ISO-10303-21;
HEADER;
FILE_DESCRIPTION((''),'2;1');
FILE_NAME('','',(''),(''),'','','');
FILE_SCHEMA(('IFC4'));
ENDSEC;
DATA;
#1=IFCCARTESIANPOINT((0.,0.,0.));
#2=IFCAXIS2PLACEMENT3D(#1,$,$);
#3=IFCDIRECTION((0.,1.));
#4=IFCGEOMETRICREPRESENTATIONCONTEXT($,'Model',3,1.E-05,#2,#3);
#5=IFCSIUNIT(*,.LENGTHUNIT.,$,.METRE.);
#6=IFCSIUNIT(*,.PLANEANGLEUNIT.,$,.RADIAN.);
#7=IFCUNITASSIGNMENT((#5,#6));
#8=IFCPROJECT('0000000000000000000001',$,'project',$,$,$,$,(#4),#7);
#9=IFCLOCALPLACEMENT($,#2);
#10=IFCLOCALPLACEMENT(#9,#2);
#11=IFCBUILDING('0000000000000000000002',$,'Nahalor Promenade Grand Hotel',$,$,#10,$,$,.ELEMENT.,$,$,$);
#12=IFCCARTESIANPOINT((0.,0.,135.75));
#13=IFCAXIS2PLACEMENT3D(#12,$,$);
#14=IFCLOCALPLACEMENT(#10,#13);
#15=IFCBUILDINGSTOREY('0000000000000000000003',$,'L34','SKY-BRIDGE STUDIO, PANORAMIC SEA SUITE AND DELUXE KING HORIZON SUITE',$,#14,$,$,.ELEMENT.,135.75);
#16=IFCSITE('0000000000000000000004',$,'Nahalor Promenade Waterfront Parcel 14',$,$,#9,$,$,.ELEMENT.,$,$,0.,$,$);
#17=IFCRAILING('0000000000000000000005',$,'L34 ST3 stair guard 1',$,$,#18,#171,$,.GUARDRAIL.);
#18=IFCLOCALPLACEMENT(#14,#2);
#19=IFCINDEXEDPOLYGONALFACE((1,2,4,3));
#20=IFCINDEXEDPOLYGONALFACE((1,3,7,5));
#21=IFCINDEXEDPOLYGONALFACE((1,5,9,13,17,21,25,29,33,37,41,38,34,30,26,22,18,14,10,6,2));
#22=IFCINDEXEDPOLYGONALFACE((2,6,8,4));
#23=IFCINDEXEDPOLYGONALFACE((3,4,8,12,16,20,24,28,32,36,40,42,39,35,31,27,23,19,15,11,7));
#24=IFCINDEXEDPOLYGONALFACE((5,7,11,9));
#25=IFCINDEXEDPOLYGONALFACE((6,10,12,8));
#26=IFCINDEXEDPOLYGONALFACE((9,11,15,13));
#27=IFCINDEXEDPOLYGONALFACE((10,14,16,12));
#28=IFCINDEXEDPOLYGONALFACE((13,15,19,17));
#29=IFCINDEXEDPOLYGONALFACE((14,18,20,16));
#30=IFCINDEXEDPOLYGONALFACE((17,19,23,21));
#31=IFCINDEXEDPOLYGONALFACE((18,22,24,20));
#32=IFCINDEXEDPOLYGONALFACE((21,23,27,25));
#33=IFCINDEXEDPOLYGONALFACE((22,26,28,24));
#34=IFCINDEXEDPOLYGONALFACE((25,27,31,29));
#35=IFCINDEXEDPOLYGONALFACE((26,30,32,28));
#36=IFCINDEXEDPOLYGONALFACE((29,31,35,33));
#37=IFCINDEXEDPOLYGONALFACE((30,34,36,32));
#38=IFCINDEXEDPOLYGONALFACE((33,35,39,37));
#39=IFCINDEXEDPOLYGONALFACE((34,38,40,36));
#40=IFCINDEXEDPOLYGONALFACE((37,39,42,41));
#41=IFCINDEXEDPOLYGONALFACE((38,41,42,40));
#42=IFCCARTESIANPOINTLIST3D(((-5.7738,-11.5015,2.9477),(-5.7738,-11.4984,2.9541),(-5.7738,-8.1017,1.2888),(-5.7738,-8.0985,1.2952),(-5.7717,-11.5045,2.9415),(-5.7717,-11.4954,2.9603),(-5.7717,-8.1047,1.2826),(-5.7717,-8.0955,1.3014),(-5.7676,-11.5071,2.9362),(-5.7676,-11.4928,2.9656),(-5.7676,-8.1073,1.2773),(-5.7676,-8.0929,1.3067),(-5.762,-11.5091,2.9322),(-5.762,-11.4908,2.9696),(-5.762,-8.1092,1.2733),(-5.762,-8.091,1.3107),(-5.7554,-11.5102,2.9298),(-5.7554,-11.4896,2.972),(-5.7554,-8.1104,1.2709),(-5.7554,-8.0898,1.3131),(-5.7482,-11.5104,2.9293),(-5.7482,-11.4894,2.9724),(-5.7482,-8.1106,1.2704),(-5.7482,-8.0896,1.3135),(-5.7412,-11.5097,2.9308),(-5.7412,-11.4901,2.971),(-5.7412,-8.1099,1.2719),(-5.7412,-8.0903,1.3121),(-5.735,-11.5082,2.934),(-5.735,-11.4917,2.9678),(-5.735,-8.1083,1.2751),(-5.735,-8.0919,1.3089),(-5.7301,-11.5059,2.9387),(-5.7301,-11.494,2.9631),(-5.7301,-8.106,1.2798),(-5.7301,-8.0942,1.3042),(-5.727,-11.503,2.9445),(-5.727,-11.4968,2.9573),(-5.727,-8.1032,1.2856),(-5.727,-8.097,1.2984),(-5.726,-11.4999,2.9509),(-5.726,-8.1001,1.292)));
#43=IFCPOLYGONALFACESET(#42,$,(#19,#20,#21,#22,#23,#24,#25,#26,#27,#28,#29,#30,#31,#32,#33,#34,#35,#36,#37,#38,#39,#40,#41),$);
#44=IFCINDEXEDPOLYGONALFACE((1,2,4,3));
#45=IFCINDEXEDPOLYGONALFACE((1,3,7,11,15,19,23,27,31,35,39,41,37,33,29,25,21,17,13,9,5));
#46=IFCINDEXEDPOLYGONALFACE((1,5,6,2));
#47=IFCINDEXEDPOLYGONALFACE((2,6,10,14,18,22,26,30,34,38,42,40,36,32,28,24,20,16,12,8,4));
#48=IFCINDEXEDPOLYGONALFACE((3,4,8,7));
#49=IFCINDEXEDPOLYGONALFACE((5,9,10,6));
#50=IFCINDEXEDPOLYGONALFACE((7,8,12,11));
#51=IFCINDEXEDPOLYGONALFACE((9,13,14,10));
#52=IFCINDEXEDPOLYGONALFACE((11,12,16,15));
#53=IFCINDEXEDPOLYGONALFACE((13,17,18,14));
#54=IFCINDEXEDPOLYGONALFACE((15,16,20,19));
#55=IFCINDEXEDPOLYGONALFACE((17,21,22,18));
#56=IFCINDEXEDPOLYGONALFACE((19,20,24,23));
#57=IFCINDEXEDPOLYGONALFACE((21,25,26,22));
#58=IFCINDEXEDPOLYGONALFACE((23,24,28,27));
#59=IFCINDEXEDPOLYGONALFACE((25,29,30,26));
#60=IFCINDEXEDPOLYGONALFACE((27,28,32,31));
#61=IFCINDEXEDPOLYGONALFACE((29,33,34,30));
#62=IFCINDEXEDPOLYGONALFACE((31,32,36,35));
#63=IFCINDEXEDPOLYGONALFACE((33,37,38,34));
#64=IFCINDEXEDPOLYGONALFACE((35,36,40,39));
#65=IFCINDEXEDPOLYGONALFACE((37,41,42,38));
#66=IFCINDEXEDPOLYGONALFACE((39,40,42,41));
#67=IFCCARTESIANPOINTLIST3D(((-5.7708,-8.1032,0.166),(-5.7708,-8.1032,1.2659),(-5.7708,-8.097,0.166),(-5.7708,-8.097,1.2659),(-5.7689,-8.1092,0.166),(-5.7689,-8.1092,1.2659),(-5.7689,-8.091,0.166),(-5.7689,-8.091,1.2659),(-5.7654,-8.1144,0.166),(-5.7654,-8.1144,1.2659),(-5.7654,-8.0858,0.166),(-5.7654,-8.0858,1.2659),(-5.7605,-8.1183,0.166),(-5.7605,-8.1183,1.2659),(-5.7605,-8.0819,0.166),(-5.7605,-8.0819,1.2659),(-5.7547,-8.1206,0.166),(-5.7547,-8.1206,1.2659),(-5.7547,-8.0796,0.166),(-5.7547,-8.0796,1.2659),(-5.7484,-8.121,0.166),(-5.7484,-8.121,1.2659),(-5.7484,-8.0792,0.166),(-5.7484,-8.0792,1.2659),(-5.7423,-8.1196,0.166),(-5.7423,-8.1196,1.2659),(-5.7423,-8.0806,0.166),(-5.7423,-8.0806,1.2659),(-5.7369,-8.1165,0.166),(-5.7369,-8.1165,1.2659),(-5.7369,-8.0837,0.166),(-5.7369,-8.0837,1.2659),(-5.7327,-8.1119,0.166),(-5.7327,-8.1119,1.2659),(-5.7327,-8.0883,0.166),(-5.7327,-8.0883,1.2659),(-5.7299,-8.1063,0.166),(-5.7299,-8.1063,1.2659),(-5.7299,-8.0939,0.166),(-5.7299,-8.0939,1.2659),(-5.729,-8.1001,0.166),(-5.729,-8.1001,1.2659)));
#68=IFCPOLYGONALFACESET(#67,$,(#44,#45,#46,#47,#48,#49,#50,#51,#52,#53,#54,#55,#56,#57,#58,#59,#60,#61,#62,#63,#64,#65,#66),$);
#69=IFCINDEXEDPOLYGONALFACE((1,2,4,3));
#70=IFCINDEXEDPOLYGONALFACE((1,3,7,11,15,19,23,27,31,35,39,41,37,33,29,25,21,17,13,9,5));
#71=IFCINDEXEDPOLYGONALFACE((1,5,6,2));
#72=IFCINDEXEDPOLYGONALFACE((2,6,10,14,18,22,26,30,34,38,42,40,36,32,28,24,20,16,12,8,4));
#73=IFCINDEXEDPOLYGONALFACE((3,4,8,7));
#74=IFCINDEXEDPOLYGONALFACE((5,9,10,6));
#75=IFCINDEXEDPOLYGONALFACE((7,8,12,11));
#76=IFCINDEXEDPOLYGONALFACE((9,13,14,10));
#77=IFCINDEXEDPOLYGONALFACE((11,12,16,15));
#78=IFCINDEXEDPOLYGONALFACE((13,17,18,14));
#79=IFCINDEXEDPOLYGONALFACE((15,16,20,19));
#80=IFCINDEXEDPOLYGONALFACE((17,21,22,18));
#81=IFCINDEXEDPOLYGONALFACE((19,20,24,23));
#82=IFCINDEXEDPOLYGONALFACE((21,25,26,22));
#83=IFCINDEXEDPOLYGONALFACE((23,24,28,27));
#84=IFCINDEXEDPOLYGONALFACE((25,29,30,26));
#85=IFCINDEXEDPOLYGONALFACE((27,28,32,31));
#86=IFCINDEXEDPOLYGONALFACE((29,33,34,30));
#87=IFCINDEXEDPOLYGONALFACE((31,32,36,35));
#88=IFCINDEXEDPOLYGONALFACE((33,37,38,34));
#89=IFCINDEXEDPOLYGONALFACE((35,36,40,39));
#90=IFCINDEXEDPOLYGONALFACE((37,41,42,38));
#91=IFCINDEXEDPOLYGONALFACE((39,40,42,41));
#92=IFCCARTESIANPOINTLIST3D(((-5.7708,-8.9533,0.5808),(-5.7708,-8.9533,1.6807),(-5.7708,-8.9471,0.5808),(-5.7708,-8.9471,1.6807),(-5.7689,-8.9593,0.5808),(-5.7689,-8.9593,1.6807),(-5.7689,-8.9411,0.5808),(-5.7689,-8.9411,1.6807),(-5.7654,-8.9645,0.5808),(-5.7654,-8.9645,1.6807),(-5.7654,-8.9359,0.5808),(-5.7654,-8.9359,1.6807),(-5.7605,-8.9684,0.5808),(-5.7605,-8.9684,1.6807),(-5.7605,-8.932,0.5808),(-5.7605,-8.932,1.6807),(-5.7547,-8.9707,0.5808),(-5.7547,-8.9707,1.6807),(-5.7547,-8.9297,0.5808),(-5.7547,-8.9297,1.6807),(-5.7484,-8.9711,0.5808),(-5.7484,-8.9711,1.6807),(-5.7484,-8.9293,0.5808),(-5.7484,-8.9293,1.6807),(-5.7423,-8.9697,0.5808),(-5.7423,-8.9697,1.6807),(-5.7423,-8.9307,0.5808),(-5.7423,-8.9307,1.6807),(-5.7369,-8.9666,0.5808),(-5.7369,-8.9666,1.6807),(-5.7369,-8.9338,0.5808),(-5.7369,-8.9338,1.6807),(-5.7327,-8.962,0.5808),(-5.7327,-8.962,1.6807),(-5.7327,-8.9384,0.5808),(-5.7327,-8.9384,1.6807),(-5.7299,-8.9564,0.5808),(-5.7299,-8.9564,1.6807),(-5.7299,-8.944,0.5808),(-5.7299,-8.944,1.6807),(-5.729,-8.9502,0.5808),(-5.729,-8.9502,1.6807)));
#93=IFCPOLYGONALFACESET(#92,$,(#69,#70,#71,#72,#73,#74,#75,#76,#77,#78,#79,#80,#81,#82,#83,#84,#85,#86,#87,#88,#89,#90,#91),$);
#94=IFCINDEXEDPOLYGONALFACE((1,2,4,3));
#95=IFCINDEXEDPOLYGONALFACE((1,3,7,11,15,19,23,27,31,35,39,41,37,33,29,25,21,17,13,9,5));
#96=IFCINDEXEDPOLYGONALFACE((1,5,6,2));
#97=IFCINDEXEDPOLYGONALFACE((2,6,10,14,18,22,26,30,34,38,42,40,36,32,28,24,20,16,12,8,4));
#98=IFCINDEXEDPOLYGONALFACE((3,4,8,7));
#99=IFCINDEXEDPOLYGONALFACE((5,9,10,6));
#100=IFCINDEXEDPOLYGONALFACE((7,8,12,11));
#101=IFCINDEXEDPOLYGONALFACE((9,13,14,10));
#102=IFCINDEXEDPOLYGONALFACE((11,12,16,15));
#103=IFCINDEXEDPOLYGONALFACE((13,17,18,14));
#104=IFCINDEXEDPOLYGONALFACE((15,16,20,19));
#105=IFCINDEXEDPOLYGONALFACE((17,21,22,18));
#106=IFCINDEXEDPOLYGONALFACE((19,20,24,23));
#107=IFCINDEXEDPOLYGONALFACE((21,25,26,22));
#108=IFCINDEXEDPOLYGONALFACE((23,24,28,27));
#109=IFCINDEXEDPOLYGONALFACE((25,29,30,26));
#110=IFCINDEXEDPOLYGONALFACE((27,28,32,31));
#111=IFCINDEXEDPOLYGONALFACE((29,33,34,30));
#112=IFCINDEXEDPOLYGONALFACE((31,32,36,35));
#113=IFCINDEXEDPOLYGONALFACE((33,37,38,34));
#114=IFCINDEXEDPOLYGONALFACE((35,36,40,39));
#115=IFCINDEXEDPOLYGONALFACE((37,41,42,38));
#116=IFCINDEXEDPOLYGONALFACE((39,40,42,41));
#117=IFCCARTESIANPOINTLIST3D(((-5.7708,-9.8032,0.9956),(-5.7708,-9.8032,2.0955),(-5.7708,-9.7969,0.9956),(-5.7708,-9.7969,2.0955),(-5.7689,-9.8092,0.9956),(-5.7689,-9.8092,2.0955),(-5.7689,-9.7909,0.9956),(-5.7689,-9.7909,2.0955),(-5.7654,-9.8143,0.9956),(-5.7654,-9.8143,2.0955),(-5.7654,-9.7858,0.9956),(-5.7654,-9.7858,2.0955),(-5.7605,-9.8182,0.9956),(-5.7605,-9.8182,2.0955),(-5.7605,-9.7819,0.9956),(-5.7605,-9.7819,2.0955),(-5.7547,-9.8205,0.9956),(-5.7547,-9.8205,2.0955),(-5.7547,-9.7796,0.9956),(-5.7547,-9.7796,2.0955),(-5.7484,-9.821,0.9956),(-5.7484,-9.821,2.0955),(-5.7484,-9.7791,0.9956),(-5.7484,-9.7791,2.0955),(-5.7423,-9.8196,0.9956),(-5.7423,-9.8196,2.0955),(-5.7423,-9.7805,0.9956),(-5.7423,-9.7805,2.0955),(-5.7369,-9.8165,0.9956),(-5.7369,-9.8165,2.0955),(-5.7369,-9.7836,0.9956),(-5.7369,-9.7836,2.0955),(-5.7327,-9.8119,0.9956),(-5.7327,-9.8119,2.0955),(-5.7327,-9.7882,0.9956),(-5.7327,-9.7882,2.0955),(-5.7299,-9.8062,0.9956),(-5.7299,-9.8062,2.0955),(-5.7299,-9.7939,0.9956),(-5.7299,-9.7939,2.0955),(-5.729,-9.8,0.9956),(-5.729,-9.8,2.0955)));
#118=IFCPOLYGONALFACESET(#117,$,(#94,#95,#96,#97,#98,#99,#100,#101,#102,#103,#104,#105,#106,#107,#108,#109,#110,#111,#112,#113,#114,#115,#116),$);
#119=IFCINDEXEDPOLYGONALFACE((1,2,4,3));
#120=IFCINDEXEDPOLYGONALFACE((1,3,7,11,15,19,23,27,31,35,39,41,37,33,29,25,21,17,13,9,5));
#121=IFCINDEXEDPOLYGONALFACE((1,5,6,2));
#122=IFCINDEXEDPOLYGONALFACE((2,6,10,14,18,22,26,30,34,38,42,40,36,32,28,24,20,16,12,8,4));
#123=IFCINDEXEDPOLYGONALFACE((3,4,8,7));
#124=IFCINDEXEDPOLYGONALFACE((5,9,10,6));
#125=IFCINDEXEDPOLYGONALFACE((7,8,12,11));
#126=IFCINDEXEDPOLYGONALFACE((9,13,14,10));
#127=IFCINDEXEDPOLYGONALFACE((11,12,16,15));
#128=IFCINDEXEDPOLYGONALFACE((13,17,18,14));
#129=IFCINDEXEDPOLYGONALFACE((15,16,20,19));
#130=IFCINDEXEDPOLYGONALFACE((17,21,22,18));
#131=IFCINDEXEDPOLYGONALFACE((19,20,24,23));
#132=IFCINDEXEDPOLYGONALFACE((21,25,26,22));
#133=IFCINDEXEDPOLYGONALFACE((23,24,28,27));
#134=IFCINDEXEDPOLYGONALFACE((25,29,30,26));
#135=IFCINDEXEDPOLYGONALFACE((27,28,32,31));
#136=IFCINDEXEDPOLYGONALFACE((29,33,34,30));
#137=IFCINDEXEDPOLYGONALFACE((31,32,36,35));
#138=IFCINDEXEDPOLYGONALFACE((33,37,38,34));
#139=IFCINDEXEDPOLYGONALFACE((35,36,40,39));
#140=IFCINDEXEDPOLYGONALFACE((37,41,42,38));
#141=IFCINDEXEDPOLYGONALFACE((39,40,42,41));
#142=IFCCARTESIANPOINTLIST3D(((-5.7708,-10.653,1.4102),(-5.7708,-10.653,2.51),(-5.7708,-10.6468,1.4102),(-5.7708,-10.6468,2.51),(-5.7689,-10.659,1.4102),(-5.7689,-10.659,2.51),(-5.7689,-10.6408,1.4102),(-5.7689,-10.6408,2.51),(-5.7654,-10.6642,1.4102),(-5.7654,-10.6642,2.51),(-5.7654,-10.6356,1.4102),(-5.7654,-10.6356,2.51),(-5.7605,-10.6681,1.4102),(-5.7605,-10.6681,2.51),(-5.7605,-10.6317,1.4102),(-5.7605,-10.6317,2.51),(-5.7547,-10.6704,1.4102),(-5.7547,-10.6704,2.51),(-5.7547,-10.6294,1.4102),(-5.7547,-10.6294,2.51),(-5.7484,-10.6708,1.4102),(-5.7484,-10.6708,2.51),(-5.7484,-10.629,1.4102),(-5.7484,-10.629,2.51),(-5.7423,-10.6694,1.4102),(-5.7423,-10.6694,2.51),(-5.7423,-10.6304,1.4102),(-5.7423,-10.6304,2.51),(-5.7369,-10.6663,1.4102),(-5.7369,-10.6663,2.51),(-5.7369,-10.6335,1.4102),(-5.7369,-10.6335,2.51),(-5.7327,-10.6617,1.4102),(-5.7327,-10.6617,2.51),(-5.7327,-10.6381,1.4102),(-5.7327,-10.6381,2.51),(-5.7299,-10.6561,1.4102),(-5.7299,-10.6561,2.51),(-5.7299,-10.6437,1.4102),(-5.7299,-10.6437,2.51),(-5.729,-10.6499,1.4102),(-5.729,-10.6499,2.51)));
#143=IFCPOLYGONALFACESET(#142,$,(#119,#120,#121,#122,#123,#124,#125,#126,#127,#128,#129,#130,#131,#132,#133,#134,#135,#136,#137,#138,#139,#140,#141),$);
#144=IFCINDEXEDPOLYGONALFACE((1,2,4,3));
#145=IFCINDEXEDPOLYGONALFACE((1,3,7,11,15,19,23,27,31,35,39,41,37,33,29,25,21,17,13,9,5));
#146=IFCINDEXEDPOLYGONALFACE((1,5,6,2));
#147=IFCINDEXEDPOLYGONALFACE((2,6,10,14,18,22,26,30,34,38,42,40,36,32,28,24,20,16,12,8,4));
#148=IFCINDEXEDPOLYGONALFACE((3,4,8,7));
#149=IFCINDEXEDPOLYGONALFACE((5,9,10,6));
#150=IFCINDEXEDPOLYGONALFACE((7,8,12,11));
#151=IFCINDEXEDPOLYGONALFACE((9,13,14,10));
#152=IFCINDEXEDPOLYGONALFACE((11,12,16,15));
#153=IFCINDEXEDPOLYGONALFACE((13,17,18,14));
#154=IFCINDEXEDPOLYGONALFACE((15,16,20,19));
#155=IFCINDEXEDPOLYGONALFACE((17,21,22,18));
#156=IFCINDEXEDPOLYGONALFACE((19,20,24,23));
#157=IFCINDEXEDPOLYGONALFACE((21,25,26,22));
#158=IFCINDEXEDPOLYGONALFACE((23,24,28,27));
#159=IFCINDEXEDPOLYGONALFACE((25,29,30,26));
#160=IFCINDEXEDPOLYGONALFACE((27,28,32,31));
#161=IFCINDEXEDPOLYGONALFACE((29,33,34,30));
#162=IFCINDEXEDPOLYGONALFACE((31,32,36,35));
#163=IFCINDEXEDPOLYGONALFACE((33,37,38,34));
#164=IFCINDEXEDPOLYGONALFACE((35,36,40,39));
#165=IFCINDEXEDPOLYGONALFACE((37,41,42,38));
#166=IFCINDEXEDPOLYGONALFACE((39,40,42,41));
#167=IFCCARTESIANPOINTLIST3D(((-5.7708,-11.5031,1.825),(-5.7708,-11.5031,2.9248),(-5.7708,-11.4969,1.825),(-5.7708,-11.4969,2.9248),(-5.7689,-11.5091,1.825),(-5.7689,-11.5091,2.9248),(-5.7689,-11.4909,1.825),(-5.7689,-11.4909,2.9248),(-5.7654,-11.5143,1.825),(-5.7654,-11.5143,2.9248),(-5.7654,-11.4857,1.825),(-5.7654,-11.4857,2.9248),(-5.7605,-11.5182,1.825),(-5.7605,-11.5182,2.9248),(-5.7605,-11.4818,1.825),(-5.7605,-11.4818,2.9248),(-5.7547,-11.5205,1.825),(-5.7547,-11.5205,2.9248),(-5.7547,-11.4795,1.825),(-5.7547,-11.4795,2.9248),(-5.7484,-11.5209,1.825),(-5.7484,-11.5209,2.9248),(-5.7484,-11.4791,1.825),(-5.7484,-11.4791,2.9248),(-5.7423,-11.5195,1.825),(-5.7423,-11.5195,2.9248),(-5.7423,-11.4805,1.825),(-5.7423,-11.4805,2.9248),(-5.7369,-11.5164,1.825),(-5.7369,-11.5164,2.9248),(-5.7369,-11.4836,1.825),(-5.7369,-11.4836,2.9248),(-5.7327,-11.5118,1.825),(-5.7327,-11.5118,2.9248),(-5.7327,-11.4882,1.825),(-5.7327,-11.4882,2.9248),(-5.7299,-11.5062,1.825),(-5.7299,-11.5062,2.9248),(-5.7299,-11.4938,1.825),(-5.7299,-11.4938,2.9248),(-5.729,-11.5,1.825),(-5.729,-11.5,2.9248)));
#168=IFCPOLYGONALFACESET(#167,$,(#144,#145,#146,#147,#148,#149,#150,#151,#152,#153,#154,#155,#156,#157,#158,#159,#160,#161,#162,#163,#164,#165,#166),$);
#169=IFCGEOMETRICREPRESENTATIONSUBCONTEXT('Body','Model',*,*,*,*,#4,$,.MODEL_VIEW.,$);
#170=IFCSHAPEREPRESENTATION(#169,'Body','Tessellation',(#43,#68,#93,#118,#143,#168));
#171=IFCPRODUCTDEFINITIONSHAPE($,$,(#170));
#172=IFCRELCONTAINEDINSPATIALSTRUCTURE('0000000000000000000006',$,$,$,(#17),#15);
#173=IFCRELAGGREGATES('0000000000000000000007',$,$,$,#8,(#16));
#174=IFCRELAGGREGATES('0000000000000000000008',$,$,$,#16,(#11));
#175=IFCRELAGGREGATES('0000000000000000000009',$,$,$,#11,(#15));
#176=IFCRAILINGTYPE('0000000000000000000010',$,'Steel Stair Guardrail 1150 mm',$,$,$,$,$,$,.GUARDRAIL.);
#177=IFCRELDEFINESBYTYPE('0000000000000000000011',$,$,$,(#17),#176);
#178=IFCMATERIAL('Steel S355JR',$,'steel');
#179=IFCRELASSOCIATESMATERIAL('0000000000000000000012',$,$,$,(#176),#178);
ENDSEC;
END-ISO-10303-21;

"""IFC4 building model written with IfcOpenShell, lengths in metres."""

from ifc_helpers import new_model, si_unit, direction, frame, origin, origin_2d, place, context, subcontext, project, spatial, circle, extrude, material, type_object, element, save


model = new_model("IFC4")

# Units and contexts
model_context = context("Model", 3, precision=1e-05, world=origin(), true_north=direction((0.0, 1.0)))
body_context = subcontext(model_context, "Body", "Model", "MODEL_VIEW")
ifc_project = project(units=[si_unit("LENGTHUNIT", "METRE"), si_unit("PLANEANGLEUNIT", "RADIAN")], contexts=[model_context])

# Site, building, storey
site_placement = place(None, origin())
site = spatial("IfcSite", under=ifc_project, at=site_placement, Name="Nahalor Promenade Waterfront Parcel 14", CompositionType="ELEMENT", RefElevation=0.0)
building_placement = place(site_placement, origin())
building = spatial("IfcBuilding", under=site, at=building_placement, Name="Nahalor Promenade Grand Hotel", CompositionType="ELEMENT")
storey_placement = place(building_placement, frame((0.0, 0.0, 135.75)))
storey = spatial("IfcBuildingStorey", under=building, at=storey_placement, Name="L34", Description="SKY-BRIDGE STUDIO, PANORAMIC SEA SUITE AND DELUXE KING HORIZON SUITE", CompositionType="ELEMENT", Elevation=135.75)

# Shared definitions
ifc_material_1 = material(Name="Steel S355JR", Category="steel")

# Railing
railing_type_1 = type_object("IfcRailingType", Name="Steel Stair Guardrail 1150 mm", PredefinedType="GUARDRAIL", material=ifc_material_1)
railing_1_placement = place(storey_placement, frame((-5.75, -8.1001, 0.166)))
element("IfcRailing", 1, at=railing_1_placement, inside=storey, type_object=railing_type_1, Name="L34 ST3 stair guard 1", PredefinedType="GUARDRAIL", context=body_context, shape_type="SweptSolid", body=[
    extrude(circle(Radius=0.024, at=origin_2d()), frame((0.0, 0.0, 1.126), z_axis=(0.0, -0.898722, 0.438519), x_axis=(1.0, 0.0, 0.0)), (0.0, 0.0, 1.0), 3.783),
    extrude(circle(Radius=0.021, at=origin_2d()), origin(), (0.0, 0.0, 1.0), 1.0999),
    extrude(circle(Radius=0.021, at=origin_2d()), frame((0.0, -0.8501, 0.4148)), (0.0, 0.0, 1.0), 1.0999),
    extrude(circle(Radius=0.021, at=origin_2d()), frame((0.0, -1.7, 0.8296)), (0.0, 0.0, 1.0), 1.0999),
    extrude(circle(Radius=0.021, at=origin_2d()), frame((0.0, -2.5498, 1.2441)), (0.0, 0.0, 1.0), 1.0999),
    extrude(circle(Radius=0.021, at=origin_2d()), frame((0.0, -3.3999, 1.6589)), (0.0, 0.0, 1.0), 1.0999),
])

save(model, "model.ifc")
